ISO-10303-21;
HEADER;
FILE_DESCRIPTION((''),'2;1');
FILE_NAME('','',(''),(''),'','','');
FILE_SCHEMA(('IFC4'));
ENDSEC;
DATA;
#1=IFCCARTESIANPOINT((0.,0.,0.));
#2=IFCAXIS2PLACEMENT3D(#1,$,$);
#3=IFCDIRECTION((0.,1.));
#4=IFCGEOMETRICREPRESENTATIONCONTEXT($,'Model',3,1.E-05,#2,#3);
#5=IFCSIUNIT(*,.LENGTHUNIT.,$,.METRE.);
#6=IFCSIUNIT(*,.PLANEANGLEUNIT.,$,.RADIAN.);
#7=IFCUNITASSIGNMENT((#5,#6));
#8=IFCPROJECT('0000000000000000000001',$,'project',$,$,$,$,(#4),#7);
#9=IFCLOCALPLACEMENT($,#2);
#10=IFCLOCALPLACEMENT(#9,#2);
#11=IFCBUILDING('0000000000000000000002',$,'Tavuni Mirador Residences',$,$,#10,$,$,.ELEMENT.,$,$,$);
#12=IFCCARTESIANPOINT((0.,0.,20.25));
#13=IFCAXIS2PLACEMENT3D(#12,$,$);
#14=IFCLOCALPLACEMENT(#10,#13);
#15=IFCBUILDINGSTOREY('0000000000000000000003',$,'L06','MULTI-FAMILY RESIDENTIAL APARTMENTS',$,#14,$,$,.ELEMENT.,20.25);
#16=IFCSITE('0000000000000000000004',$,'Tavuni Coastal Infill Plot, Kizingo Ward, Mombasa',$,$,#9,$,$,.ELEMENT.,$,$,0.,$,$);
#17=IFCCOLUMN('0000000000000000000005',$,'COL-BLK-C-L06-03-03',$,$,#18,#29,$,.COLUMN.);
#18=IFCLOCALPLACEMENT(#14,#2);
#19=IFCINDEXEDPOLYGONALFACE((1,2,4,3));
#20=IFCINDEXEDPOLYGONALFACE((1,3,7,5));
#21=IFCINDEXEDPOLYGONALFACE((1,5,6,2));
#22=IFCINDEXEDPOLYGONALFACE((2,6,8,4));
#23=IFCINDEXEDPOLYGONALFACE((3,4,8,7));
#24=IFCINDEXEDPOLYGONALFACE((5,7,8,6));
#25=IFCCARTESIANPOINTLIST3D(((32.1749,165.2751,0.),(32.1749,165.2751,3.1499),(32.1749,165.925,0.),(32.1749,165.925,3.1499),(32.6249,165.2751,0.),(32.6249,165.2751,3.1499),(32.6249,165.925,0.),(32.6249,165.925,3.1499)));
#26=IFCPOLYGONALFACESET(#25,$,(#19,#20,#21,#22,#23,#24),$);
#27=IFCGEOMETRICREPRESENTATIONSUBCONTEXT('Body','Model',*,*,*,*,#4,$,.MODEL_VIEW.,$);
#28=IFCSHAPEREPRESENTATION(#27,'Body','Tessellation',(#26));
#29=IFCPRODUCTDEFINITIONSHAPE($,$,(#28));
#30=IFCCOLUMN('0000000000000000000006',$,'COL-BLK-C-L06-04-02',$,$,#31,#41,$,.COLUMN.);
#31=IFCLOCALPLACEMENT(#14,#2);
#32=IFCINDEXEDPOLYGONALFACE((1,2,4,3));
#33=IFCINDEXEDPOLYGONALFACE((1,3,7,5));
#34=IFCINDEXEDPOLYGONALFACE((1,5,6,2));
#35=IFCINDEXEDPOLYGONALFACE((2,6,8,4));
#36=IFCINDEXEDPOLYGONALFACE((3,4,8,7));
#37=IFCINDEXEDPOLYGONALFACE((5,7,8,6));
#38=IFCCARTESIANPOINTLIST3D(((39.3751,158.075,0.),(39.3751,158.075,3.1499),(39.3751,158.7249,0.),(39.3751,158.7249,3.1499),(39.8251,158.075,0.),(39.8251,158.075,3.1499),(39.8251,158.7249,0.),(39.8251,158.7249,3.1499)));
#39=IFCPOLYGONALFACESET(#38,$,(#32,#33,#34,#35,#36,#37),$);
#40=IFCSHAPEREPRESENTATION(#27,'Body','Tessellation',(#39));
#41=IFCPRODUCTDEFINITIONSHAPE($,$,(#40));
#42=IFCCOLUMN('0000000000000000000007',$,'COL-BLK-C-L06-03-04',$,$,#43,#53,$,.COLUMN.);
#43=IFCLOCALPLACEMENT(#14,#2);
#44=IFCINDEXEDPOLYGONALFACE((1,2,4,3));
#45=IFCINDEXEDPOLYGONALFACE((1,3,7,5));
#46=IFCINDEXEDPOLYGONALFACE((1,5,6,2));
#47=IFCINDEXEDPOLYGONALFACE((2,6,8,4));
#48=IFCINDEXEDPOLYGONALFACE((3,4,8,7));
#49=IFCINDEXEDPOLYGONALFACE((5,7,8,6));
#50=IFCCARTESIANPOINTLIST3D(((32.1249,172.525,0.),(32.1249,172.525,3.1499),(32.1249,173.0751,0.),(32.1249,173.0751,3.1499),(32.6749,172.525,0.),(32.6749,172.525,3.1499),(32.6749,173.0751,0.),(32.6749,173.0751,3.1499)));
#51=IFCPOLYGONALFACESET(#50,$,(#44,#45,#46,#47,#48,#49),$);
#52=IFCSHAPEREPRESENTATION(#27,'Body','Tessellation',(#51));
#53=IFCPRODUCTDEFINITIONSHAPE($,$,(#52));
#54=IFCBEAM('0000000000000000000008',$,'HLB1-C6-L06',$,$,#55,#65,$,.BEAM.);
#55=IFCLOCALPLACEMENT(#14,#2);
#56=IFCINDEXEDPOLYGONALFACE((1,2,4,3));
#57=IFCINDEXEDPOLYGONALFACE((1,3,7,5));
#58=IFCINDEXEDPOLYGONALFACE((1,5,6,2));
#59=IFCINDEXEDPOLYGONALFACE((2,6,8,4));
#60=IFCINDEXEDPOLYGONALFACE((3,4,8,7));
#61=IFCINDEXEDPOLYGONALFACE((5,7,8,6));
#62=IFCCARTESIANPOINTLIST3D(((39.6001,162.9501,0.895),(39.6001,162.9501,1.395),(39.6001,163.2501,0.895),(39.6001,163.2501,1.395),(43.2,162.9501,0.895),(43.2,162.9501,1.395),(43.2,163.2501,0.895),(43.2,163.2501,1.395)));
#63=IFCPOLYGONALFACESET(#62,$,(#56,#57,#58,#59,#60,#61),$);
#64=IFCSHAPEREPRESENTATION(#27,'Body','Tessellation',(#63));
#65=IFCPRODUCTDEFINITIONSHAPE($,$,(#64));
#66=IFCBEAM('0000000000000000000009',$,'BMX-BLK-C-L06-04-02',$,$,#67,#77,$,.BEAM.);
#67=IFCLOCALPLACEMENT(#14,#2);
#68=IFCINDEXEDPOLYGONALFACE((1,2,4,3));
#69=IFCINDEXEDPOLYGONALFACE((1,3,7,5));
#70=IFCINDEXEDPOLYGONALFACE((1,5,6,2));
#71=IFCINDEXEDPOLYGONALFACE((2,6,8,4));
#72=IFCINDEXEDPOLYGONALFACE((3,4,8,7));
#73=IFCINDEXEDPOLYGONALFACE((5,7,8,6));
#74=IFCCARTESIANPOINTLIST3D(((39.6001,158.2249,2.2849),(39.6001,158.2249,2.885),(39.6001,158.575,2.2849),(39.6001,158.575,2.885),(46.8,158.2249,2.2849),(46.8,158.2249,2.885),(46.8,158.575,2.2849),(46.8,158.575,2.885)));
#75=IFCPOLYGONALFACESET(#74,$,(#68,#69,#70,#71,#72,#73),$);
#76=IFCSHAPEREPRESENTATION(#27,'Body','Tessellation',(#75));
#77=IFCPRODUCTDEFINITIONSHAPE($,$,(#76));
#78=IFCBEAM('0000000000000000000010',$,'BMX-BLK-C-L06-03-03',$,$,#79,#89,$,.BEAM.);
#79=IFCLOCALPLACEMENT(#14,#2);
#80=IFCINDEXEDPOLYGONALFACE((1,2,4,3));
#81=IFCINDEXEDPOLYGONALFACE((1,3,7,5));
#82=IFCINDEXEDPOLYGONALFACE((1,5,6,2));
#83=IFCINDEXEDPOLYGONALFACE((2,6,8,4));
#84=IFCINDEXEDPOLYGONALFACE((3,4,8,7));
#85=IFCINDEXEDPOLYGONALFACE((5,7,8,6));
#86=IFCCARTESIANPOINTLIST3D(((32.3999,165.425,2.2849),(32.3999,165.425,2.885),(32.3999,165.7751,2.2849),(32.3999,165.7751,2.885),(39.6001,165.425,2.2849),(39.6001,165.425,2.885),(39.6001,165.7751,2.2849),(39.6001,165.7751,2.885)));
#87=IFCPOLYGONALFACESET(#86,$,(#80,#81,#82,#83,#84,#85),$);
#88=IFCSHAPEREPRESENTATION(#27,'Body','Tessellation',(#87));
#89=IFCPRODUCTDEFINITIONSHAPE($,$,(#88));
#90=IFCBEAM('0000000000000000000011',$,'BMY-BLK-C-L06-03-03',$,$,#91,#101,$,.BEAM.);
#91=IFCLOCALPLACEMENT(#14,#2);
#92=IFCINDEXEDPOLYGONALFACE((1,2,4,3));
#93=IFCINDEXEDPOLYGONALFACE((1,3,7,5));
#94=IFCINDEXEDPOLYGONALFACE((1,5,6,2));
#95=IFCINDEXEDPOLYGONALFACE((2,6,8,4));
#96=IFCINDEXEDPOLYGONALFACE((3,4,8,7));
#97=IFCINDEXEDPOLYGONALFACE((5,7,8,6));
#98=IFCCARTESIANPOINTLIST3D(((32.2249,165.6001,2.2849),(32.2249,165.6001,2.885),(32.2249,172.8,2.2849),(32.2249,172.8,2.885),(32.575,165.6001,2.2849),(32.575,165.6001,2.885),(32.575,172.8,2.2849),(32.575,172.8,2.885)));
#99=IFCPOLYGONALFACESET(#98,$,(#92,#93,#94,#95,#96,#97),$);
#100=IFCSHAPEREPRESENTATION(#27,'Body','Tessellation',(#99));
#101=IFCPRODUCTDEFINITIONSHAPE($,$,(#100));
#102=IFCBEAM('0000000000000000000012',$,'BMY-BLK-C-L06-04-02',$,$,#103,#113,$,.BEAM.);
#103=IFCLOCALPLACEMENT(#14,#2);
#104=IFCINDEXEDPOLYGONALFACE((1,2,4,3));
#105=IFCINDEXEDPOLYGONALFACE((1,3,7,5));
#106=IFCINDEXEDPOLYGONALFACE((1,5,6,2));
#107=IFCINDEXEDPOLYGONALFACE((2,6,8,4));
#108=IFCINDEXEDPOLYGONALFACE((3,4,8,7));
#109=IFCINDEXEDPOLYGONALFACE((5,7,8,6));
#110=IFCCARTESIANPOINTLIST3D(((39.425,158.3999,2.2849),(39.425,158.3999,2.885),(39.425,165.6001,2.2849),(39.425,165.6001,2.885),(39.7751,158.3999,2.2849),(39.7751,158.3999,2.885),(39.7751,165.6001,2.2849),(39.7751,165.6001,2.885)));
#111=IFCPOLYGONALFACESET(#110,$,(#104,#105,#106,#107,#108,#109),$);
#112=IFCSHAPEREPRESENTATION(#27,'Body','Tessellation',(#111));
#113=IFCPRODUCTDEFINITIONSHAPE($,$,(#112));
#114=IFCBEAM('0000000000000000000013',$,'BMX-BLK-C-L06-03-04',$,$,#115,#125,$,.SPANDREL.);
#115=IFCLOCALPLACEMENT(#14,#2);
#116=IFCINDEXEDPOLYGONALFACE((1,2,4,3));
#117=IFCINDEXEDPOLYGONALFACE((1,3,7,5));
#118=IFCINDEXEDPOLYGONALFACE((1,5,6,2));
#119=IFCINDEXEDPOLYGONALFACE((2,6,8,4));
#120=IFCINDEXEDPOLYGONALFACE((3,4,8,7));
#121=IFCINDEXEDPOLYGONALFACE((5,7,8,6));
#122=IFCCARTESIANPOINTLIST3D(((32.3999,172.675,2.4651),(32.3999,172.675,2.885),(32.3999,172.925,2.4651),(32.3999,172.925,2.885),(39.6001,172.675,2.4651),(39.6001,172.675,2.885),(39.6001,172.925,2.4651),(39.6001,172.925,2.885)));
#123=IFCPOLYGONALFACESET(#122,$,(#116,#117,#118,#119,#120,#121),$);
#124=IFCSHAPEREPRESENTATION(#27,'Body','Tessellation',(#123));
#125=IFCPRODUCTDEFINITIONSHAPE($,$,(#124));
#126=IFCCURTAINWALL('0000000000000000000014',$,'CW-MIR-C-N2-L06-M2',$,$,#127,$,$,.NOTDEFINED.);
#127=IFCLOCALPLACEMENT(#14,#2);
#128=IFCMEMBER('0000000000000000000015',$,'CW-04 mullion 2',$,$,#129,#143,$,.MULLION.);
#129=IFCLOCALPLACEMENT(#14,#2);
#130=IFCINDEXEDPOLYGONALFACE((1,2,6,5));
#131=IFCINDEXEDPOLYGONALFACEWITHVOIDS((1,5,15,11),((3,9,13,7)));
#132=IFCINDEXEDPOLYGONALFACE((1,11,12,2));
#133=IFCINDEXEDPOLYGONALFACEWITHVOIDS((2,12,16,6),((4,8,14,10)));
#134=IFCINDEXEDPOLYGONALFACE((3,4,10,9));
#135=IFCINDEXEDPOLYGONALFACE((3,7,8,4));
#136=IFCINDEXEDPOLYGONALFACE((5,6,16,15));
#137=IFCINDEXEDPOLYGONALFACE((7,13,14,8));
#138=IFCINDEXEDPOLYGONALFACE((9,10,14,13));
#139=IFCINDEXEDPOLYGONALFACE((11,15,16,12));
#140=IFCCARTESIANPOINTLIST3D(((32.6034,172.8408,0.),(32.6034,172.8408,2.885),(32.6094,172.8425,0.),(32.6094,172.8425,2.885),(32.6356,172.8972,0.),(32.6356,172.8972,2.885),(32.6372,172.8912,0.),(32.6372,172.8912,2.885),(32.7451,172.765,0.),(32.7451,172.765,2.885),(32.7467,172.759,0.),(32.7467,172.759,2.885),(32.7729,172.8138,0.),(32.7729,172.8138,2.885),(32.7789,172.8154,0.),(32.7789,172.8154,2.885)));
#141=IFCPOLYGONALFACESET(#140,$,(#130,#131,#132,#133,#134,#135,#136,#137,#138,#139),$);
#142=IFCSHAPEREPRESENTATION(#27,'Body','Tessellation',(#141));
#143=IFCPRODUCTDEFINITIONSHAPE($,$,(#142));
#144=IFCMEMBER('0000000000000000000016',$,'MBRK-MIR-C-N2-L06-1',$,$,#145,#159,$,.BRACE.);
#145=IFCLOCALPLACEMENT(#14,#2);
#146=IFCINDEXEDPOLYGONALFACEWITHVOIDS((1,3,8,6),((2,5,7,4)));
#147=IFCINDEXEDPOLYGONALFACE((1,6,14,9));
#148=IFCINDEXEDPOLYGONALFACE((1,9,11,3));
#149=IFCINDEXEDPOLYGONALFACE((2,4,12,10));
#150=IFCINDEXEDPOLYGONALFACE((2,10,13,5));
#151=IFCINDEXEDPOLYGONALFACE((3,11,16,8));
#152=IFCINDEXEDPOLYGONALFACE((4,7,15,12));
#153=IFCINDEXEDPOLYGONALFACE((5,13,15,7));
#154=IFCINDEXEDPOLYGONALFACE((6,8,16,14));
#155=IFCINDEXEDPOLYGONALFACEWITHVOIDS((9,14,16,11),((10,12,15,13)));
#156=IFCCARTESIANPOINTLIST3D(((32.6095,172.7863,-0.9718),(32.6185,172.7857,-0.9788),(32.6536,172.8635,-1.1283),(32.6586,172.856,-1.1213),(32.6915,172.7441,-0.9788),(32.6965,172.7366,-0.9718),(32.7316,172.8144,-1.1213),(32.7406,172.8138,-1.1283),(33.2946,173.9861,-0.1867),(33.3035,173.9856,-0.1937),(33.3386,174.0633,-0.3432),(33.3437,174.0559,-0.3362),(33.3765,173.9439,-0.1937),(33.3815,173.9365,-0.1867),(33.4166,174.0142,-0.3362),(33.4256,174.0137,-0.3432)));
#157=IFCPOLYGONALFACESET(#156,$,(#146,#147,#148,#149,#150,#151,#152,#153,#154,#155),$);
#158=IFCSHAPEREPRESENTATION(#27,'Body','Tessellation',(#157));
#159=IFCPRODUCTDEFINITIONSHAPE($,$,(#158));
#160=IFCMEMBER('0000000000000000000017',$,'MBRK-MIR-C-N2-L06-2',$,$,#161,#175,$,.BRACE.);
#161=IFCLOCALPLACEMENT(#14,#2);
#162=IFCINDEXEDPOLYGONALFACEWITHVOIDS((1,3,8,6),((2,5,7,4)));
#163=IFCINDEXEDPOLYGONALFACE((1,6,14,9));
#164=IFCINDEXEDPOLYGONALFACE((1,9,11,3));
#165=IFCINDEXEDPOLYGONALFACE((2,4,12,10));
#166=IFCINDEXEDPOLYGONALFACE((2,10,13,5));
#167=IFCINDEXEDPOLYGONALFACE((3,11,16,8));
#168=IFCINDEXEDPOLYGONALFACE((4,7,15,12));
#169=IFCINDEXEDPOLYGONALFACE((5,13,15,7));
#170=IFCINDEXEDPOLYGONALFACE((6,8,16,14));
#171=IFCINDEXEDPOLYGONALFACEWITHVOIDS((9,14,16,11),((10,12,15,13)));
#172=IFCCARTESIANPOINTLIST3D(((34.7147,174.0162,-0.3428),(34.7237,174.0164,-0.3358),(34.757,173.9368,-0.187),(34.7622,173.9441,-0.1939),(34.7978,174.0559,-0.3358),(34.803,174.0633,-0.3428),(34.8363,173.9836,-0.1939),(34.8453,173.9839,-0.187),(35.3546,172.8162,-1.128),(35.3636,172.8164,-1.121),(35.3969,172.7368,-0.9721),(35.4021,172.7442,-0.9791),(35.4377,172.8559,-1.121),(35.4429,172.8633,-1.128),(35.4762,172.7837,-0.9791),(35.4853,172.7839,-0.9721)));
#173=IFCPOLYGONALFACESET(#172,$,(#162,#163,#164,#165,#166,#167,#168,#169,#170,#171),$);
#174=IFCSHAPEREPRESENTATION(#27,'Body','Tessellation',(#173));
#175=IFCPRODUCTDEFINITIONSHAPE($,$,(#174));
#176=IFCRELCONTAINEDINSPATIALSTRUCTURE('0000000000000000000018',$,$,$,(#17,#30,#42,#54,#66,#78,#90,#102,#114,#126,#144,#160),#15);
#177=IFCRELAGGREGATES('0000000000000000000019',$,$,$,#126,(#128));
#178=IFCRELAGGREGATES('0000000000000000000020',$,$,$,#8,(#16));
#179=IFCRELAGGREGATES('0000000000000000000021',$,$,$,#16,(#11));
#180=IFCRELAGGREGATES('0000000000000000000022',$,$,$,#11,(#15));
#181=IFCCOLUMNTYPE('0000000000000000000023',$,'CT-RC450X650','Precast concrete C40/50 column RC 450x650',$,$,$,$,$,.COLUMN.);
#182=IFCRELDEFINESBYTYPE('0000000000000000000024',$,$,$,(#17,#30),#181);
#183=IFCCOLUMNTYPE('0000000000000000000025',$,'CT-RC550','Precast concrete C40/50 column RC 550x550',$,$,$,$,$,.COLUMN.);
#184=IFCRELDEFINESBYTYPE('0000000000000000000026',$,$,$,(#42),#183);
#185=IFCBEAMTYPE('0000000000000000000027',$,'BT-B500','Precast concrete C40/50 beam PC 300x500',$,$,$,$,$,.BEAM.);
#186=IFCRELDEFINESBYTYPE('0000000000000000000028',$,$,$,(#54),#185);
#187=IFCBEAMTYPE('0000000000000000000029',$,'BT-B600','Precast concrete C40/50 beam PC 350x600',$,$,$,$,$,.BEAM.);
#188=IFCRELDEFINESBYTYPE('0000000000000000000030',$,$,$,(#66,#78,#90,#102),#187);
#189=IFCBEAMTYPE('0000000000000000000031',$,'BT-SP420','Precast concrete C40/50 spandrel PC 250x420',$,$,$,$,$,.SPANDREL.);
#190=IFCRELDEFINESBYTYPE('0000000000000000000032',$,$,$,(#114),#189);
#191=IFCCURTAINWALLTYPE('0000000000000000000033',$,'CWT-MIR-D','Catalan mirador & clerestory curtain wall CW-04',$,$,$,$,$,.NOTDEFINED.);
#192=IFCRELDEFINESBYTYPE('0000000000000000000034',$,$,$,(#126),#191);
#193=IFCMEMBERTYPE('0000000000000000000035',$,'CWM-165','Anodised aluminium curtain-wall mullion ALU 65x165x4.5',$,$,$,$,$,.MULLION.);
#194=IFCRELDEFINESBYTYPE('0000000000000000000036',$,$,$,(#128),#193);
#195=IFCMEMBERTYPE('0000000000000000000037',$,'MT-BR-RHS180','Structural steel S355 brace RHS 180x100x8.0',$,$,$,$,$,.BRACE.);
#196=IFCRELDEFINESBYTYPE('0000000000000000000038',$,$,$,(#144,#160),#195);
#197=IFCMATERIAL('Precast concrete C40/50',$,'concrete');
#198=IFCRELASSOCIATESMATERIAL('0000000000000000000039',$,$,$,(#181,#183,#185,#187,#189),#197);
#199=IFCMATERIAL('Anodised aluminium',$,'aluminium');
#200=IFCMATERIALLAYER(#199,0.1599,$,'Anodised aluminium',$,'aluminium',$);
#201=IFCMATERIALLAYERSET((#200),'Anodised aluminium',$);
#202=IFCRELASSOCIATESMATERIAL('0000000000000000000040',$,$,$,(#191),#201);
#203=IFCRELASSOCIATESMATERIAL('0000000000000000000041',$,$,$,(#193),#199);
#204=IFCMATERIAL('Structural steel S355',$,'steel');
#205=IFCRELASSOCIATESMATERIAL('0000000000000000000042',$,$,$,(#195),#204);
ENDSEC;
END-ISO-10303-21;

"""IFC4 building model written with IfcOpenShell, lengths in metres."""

from ifc_helpers import new_model, si_unit, direction, frame, origin, origin_2d, place, context, subcontext, project, spatial, rectangle, hollow_rectangle, extrude, material, layer, layer_set, material_profile, profile_set, type_object, element, aggregate, save


model = new_model("IFC4")

# Units and contexts
model_context = context("Model", 3, precision=1e-05, world=origin(), true_north=direction((0.0, 1.0)))
body_context = subcontext(model_context, "Body", "Model", "MODEL_VIEW")
ifc_project = project(units=[si_unit("LENGTHUNIT", "METRE"), si_unit("PLANEANGLEUNIT", "RADIAN")], contexts=[model_context])

# Site, building, storey
site_placement = place(None, origin())
site = spatial("IfcSite", under=ifc_project, at=site_placement, Name="Tavuni Coastal Infill Plot, Kizingo Ward, Mombasa", CompositionType="ELEMENT", RefElevation=0.0)
building_placement = place(site_placement, origin())
building = spatial("IfcBuilding", under=site, at=building_placement, Name="Tavuni Mirador Residences", CompositionType="ELEMENT")
storey_placement = place(building_placement, frame((0.0, 0.0, 20.25)))
storey = spatial("IfcBuildingStorey", under=building, at=storey_placement, Name="L06", Description="MULTI-FAMILY RESIDENTIAL APARTMENTS", CompositionType="ELEMENT", Elevation=20.25)

# Columns
ifc_material_1 = material(Name="Precast concrete C40/50", Category="concrete")
ifc_material_profile_1 = material_profile(ifc_material_1, rectangle(XDim=0.45, YDim=0.6499, at=origin_2d()), Name="RC 450x650", Category="concrete")
ifc_profile_set_1 = profile_set([ifc_material_profile_1], Name="Precast concrete C40/50")
column_type_1 = type_object("IfcColumnType", Name="CT-RC450X650", Description="Precast concrete C40/50 column RC 450x650", PredefinedType="COLUMN", material=ifc_profile_set_1)
for number, where, z_axis, x_axis, name in (
    (1, (32.3999, 165.6001, 0.0), (0.0, 0.0, 1.0), (1.0, 0.0, 0.0), "COL-BLK-C-L06-03-03"),
    (2, (39.6001, 158.3999, 0.0), (0.0, 0.0, 1.0), (1.0, 0.0, 0.0), "COL-BLK-C-L06-04-02"),
):
    element("IfcColumn", number, at=place(storey_placement, frame(where, z_axis=z_axis, x_axis=x_axis)), inside=storey, type_object=column_type_1, Name=name, PredefinedType="COLUMN", context=body_context, shape_type="SweptSolid", body=[
        extrude(rectangle(XDim=0.45, YDim=0.6499, at=origin_2d()), origin(), (0.0, 0.0, 1.0), 3.1499),
    ])
ifc_material_profile_2 = material_profile(ifc_material_1, rectangle(XDim=0.55, YDim=0.55, at=origin_2d()), Name="RC 550x550", Category="concrete")
ifc_profile_set_2 = profile_set([ifc_material_profile_2], Name="Precast concrete C40/50")
column_type_2 = type_object("IfcColumnType", Name="CT-RC550", Description="Precast concrete C40/50 column RC 550x550", PredefinedType="COLUMN", material=ifc_profile_set_2)
column_placement = place(storey_placement, frame((32.3999, 172.8, 0.0), z_axis=(0.0, 0.0, 1.0), x_axis=(1.0, 0.0, 0.0)))
element("IfcColumn", 3, at=column_placement, inside=storey, type_object=column_type_2, Name="COL-BLK-C-L06-03-04", PredefinedType="COLUMN", context=body_context, shape_type="SweptSolid", body=[
    extrude(rectangle(XDim=0.55, YDim=0.55, at=origin_2d()), origin(), (0.0, 0.0, 1.0), 3.1499),
])

# Beams
ifc_material_profile_3 = material_profile(ifc_material_1, rectangle(XDim=0.3, YDim=0.5, at=origin_2d()), Name="PC 300x500", Category="concrete")
ifc_profile_set_3 = profile_set([ifc_material_profile_3], Name="Precast concrete C40/50")
beam_type_1 = type_object("IfcBeamType", Name="BT-B500", Description="Precast concrete C40/50 beam PC 300x500", PredefinedType="BEAM", material=ifc_profile_set_3)
beam_1_placement = place(storey_placement, frame((39.6001, 163.1001, 1.145), z_axis=(1.0, 0.0, 0.0), x_axis=(0.0, 1.0, 0.0)))
element("IfcBeam", 4, at=beam_1_placement, inside=storey, type_object=beam_type_1, Name="HLB1-C6-L06", PredefinedType="BEAM", context=body_context, shape_type="SweptSolid", body=[
    extrude(rectangle(XDim=0.3, YDim=0.5, at=origin_2d()), origin(), (0.0, 0.0, 1.0), 3.5999),
])
ifc_material_profile_4 = material_profile(ifc_material_1, rectangle(XDim=0.3501, YDim=0.6001, at=origin_2d()), Name="PC 350x600", Category="concrete")
ifc_profile_set_4 = profile_set([ifc_material_profile_4], Name="Precast concrete C40/50")
beam_type_2 = type_object("IfcBeamType", Name="BT-B600", Description="Precast concrete C40/50 beam PC 350x600", PredefinedType="BEAM", material=ifc_profile_set_4)
beam_2_placement = place(storey_placement, frame((39.6001, 158.3999, 2.585), z_axis=(1.0, 0.0, 0.0), x_axis=(0.0, 1.0, 0.0)))
element("IfcBeam", 5, at=beam_2_placement, inside=storey, type_object=beam_type_2, Name="BMX-BLK-C-L06-04-02", PredefinedType="BEAM", context=body_context, shape_type="SweptSolid", body=[
    extrude(rectangle(XDim=0.3501, YDim=0.6001, at=origin_2d()), origin(), (0.0, 0.0, 1.0), 7.2),
])
beam_3_placement = place(storey_placement, frame((32.3999, 165.6001, 2.585), z_axis=(1.0, 0.0, 0.0), x_axis=(0.0, 1.0, 0.0)))
element("IfcBeam", 6, at=beam_3_placement, inside=storey, type_object=beam_type_2, Name="BMX-BLK-C-L06-03-03", PredefinedType="BEAM", context=body_context, shape_type="SweptSolid", body=[
    extrude(rectangle(XDim=0.3501, YDim=0.6001, at=origin_2d()), origin(), (0.0, 0.0, 1.0), 7.2002),
])
beam_4_placement = place(storey_placement, frame((32.3999, 165.6001, 2.585), z_axis=(0.0, 1.0, 0.0), x_axis=(-1.0, 0.0, 0.0)))
element("IfcBeam", 7, at=beam_4_placement, inside=storey, type_object=beam_type_2, Name="BMY-BLK-C-L06-03-03", PredefinedType="BEAM", context=body_context, shape_type="SweptSolid", body=[
    extrude(rectangle(XDim=0.3501, YDim=0.6001, at=origin_2d()), origin(), (0.0, 0.0, 1.0), 7.2),
])
beam_5_placement = place(storey_placement, frame((39.6001, 158.3999, 2.585), z_axis=(0.0, 1.0, 0.0), x_axis=(-1.0, 0.0, 0.0)))
element("IfcBeam", 8, at=beam_5_placement, inside=storey, type_object=beam_type_2, Name="BMY-BLK-C-L06-04-02", PredefinedType="BEAM", context=body_context, shape_type="SweptSolid", body=[
    extrude(rectangle(XDim=0.3501, YDim=0.6001, at=origin_2d()), origin(), (0.0, 0.0, 1.0), 7.2002),
])
ifc_material_profile_5 = material_profile(ifc_material_1, rectangle(XDim=0.25, YDim=0.4199, at=origin_2d()), Name="PC 250x420", Category="concrete")
ifc_profile_set_5 = profile_set([ifc_material_profile_5], Name="Precast concrete C40/50")
beam_type_3 = type_object("IfcBeamType", Name="BT-SP420", Description="Precast concrete C40/50 spandrel PC 250x420", PredefinedType="SPANDREL", material=ifc_profile_set_5)
beam_6_placement = place(storey_placement, frame((32.3999, 172.8, 2.675), z_axis=(1.0, 0.0, 0.0), x_axis=(0.0, 1.0, 0.0)))
element("IfcBeam", 9, at=beam_6_placement, inside=storey, type_object=beam_type_3, Name="BMX-BLK-C-L06-03-04", PredefinedType="SPANDREL", context=body_context, shape_type="SweptSolid", body=[
    extrude(rectangle(XDim=0.25, YDim=0.4199, at=origin_2d()), origin(), (0.0, 0.0, 1.0), 7.2002),
])

# Curtain wall, member
ifc_material_2 = material(Name="Anodised aluminium", Category="aluminium")
ifc_layer_1 = layer(ifc_material_2, 0.1599, Name="Anodised aluminium", Category="aluminium")
ifc_layer_set_1 = layer_set([ifc_layer_1], Name="Anodised aluminium")
curtain_wall_type = type_object("IfcCurtainWallType", Name="CWT-MIR-D", Description="Catalan mirador & clerestory curtain wall CW-04", PredefinedType="NOTDEFINED", material=ifc_layer_set_1)
curtain_wall_placement = place(storey_placement, origin())
curtain_wall = element("IfcCurtainWall", 10, at=curtain_wall_placement, inside=storey, type_object=curtain_wall_type, Name="CW-MIR-C-N2-L06-M2", PredefinedType="NOTDEFINED")
ifc_material_profile_6 = material_profile(ifc_material_2, hollow_rectangle(XDim=0.0649, YDim=0.165, WallThickness=0.0044, at=origin_2d()), Name="ALU 65x165x4.5", Category="aluminium")
ifc_profile_set_6 = profile_set([ifc_material_profile_6], Name="Anodised aluminium")
member_type_1 = type_object("IfcMemberType", Name="CWM-165", Description="Anodised aluminium curtain-wall mullion ALU 65x165x4.5", PredefinedType="MULLION", material=ifc_profile_set_6)
member_1_placement = place(storey_placement, frame((32.6912, 172.8281, 0.0), z_axis=(0.0, 0.0, 1.0), x_axis=(-0.495749, -0.868466, 0.0)))
member_1 = element("IfcMember", 11, at=member_1_placement, type_object=member_type_1, Name="CW-04 mullion 2", PredefinedType="MULLION", context=body_context, shape_type="SweptSolid", body=[
    extrude(hollow_rectangle(XDim=0.0649, YDim=0.165, WallThickness=0.0044, at=origin_2d()), origin(), (0.0, 0.0, 1.0), 2.885),
])
aggregate(curtain_wall, [member_1])

# Members
ifc_material_3 = material(Name="Structural steel S355", Category="steel")
ifc_material_profile_7 = material_profile(ifc_material_3, hollow_rectangle(XDim=0.1001, YDim=0.1799, WallThickness=0.0081, at=origin_2d()), Name="RHS 180x100x8.0", Category="steel")
ifc_profile_set_7 = profile_set([ifc_material_profile_7], Name="Structural steel S355")
member_type_2 = type_object("IfcMemberType", Name="MT-BR-RHS180", Description="Structural steel S355 brace RHS 180x100x8.0", PredefinedType="BRACE", material=ifc_profile_set_7)
member_2_placement = place(storey_placement, frame((32.675, 172.8, -1.05), z_axis=(0.431063, 0.755051, 0.494048), x_axis=(-0.868439, 0.495796, 0.0)))
element("IfcMember", 12, at=member_2_placement, inside=storey, type_object=member_type_2, Name="MBRK-MIR-C-N2-L06-1", PredefinedType="BRACE", context=body_context, shape_type="SweptSolid", body=[
    extrude(hollow_rectangle(XDim=0.1001, YDim=0.1799, WallThickness=0.0081, at=origin_2d()), origin(), (0.0, 0.0, 1.0), 1.5891),
])
member_3_placement = place(storey_placement, frame((35.4199, 172.8, -1.05), z_axis=(-0.407499, 0.764158, 0.500007), x_axis=(-0.882378, -0.470542, 0.0)))
element("IfcMember", 13, at=member_3_placement, inside=storey, type_object=member_type_2, Name="MBRK-MIR-C-N2-L06-2", PredefinedType="BRACE", context=body_context, shape_type="SweptSolid", body=[
    extrude(hollow_rectangle(XDim=0.1001, YDim=0.1799, WallThickness=0.0081, at=origin_2d()), origin(), (0.0, 0.0, 1.0), 1.5703),
])

save(model, "model.ifc")
